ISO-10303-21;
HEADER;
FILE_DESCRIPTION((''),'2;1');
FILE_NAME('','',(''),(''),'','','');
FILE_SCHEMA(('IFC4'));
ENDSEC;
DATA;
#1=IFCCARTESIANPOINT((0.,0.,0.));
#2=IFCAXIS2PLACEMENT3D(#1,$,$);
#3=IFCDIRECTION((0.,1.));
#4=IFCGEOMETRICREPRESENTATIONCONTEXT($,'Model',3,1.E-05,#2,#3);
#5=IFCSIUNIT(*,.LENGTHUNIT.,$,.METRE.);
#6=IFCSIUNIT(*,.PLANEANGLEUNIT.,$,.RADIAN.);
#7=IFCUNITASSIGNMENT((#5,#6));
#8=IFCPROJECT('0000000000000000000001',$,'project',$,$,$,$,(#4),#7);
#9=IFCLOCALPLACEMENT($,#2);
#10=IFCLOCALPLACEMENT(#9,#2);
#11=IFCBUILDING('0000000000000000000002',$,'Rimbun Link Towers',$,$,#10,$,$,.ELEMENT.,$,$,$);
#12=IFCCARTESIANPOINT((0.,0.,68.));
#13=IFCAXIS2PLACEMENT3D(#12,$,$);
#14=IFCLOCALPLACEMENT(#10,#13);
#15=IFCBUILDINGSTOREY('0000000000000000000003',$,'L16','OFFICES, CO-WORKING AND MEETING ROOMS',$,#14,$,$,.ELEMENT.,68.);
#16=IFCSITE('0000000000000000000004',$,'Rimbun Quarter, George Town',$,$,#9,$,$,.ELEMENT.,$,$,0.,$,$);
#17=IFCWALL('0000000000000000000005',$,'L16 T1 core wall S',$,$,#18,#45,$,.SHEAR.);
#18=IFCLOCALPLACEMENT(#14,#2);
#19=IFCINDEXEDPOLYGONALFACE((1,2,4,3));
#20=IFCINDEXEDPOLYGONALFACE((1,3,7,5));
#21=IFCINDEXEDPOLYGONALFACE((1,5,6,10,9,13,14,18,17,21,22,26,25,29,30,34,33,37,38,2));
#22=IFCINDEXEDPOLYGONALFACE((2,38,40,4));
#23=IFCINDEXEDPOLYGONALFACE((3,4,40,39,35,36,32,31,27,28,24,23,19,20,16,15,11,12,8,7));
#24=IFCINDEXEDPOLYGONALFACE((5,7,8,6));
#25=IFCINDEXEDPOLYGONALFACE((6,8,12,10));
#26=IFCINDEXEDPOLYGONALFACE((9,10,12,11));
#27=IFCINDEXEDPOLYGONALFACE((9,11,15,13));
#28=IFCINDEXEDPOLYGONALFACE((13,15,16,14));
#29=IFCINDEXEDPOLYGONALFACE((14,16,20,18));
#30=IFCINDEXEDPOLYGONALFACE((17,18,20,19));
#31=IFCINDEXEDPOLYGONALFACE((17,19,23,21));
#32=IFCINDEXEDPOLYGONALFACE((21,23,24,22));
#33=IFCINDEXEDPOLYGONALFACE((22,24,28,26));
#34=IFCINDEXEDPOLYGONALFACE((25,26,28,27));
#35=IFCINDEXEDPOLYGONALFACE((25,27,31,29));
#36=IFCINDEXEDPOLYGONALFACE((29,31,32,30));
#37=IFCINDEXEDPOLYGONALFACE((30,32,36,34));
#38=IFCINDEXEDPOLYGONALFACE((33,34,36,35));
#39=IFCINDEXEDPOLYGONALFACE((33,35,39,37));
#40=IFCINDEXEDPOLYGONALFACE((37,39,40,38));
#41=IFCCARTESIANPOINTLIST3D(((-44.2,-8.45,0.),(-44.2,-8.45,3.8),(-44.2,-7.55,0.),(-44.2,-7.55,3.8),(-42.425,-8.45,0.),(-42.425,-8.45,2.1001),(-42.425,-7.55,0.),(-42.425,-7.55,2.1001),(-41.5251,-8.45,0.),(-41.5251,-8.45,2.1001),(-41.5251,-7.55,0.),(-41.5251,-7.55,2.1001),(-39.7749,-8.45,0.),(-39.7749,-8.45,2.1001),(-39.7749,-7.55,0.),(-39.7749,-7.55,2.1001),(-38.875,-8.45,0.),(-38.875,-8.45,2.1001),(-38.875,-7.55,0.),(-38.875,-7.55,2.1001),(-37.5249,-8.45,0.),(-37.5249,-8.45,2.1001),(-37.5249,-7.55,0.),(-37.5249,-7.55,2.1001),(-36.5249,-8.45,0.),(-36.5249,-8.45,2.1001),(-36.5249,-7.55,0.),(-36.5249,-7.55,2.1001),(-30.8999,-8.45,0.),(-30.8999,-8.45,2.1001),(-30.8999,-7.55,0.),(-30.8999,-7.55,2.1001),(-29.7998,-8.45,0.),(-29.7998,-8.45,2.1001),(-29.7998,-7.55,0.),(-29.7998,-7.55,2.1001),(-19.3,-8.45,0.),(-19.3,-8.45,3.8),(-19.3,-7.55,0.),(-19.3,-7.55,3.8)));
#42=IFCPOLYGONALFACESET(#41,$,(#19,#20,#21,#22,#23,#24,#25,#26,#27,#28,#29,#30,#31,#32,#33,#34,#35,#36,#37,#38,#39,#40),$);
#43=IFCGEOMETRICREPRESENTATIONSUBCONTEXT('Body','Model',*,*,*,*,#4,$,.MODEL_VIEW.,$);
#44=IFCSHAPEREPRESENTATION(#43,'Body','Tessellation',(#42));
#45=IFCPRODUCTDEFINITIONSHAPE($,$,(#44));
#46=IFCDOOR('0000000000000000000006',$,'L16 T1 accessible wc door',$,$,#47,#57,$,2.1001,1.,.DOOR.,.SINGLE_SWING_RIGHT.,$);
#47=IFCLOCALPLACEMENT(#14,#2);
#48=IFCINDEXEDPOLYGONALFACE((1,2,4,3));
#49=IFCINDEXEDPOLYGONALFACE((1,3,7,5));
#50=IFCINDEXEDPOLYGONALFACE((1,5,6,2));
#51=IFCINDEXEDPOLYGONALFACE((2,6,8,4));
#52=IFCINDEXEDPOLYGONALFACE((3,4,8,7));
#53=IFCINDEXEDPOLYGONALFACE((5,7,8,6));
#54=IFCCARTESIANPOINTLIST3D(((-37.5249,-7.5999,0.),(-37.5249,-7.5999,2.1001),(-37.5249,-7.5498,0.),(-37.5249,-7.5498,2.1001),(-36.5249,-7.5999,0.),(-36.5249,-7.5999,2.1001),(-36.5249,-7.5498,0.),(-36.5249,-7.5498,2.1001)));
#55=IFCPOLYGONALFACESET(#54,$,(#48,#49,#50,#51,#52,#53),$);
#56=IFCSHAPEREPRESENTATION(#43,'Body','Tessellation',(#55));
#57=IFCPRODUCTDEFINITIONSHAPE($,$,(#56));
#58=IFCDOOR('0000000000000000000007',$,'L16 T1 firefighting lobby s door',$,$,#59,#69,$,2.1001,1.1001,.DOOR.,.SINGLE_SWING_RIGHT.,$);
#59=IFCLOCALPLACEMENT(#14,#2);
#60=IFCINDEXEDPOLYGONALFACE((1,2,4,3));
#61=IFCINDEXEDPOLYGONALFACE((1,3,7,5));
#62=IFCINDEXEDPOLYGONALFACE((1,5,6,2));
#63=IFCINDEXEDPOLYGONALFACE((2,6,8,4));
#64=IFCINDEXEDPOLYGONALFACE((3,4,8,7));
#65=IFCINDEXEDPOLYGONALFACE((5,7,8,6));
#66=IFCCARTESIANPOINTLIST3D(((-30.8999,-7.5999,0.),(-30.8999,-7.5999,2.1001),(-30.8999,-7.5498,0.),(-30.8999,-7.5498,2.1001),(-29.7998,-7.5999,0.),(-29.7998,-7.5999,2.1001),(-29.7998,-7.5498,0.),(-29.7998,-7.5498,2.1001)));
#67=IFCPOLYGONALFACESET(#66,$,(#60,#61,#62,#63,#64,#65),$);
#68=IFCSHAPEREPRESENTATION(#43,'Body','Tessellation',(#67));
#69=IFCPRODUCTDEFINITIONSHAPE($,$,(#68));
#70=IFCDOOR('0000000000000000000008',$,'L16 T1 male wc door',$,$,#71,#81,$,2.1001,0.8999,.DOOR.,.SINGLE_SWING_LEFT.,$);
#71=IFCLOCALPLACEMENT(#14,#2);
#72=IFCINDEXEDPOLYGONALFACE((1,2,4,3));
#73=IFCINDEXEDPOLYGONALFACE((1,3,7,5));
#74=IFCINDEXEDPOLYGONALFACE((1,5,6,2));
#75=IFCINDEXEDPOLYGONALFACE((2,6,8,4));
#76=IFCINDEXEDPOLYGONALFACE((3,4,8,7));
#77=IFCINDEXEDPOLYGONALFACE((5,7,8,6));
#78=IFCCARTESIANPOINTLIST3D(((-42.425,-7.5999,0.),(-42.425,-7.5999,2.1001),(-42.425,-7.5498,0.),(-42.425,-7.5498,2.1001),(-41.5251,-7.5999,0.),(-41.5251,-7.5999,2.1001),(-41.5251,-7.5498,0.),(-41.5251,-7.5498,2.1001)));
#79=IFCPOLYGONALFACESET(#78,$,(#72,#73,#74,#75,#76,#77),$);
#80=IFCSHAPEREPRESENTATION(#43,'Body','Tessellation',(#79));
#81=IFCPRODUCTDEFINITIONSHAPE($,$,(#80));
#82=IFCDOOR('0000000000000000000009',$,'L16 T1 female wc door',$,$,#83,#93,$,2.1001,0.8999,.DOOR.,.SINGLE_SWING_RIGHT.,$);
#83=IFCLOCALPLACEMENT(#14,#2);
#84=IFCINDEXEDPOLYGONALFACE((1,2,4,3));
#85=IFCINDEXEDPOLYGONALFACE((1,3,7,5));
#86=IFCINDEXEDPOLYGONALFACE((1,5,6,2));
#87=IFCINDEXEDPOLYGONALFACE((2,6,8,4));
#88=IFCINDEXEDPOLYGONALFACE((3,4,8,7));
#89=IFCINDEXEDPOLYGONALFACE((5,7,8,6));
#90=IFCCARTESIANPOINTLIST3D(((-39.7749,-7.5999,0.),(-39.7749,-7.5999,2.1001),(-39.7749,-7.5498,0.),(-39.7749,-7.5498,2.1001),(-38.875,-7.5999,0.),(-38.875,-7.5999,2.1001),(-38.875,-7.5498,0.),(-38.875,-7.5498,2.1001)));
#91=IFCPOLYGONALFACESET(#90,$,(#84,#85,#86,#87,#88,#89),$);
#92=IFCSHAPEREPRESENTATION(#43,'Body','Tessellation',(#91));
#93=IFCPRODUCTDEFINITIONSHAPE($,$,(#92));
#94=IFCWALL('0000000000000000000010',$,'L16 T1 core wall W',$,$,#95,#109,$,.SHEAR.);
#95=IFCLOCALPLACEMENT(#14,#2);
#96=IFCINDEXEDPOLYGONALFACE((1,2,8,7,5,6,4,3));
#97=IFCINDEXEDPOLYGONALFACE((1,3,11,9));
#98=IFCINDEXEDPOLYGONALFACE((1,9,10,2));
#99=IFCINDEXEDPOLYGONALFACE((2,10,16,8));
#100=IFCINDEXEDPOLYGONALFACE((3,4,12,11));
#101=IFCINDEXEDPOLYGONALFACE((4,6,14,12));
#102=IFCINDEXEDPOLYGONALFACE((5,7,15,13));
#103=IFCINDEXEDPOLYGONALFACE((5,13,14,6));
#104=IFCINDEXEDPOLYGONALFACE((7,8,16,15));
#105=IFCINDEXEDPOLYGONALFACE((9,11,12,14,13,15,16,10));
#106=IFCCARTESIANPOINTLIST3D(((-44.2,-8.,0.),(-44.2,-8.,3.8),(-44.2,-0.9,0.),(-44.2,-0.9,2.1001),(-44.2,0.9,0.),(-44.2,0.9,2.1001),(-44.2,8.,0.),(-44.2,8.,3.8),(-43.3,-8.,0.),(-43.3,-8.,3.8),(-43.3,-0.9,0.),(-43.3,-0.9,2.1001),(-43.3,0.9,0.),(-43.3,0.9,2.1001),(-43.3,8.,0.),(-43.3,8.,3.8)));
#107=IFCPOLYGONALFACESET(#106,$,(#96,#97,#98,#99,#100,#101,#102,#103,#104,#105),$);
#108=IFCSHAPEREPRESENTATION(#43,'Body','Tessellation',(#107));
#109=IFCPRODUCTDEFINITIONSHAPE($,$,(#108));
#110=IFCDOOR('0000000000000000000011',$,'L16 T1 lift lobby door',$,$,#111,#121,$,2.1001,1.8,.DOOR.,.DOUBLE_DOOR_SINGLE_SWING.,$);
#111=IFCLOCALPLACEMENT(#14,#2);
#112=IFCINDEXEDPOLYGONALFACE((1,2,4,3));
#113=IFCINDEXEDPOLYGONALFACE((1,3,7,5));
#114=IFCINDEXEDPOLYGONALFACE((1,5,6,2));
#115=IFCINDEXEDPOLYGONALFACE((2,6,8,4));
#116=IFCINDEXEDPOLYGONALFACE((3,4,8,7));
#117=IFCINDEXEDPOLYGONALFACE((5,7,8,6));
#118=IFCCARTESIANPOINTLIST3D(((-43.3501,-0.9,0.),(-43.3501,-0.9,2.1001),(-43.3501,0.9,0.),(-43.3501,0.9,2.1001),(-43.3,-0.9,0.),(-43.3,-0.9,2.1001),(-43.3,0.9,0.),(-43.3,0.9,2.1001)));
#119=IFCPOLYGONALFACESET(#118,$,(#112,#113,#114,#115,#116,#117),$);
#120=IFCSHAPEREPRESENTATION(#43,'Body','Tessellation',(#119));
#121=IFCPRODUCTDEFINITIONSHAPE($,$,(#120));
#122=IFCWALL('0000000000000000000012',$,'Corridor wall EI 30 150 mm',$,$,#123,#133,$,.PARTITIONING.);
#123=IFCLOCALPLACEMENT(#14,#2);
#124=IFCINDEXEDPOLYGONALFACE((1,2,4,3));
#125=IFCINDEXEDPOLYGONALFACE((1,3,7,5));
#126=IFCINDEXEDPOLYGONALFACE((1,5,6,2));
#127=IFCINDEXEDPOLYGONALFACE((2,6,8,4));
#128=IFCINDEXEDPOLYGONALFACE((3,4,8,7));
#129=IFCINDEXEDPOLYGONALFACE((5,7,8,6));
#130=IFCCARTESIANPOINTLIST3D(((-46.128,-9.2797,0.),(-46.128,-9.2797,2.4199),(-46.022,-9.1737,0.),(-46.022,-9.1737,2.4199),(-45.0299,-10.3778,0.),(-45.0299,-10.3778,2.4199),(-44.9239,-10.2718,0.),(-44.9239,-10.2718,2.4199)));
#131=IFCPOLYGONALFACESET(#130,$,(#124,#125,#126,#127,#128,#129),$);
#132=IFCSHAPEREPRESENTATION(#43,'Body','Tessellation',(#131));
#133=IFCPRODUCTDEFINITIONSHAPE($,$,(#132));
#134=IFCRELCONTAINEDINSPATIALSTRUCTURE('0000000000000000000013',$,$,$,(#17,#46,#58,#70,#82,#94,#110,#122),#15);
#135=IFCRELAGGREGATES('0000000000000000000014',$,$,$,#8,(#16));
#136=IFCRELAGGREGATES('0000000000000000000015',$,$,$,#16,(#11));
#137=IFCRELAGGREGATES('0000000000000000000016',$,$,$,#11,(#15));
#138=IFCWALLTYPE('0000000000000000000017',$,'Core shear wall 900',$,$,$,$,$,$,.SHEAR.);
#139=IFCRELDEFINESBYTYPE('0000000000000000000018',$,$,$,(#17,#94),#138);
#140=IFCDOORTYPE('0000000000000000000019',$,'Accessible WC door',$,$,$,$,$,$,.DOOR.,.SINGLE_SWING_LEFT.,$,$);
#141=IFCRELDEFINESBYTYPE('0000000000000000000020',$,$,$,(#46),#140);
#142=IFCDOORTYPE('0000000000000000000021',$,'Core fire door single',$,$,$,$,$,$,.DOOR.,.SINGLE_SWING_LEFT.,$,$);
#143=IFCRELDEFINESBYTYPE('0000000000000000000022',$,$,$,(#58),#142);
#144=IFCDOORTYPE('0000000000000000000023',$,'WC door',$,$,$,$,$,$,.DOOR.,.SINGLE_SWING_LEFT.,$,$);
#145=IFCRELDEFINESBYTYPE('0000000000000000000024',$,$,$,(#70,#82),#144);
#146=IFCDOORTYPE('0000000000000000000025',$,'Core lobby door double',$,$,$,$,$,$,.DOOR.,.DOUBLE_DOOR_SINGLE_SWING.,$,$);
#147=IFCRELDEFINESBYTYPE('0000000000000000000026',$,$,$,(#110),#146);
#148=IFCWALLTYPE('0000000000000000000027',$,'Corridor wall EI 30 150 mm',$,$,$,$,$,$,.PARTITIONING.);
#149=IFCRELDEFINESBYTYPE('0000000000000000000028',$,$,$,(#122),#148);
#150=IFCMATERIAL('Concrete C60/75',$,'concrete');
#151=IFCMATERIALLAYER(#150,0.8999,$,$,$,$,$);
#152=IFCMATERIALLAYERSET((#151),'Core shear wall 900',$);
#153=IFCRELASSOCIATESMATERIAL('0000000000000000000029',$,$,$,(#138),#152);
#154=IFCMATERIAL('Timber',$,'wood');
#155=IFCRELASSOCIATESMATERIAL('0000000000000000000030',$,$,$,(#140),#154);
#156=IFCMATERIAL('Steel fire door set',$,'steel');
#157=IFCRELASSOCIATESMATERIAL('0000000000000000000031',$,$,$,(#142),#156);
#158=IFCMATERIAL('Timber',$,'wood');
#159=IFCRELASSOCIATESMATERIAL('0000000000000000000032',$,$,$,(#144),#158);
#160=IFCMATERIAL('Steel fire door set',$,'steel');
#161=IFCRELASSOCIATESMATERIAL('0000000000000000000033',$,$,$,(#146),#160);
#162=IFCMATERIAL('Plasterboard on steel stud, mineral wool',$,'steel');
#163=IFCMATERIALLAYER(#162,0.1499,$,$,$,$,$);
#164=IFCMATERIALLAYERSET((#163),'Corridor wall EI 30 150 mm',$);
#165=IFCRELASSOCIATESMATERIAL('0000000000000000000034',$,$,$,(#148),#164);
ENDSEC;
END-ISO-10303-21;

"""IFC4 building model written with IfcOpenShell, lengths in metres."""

from ifc_helpers import new_model, si_unit, direction, frame, frame_2d, origin, place, context, subcontext, project, spatial, rectangle, extrude, material, layer, layer_set, type_object, element, fill, save


model = new_model("IFC4")

# Units and contexts
model_context = context("Model", 3, precision=1e-05, world=origin(), true_north=direction((0.0, 1.0)))
body_context = subcontext(model_context, "Body", "Model", "MODEL_VIEW")
ifc_project = project(units=[si_unit("LENGTHUNIT", "METRE"), si_unit("PLANEANGLEUNIT", "RADIAN")], contexts=[model_context])

# Site, building, storey
site_placement = place(None, origin())
site = spatial("IfcSite", under=ifc_project, at=site_placement, Name="Rimbun Quarter, George Town", CompositionType="ELEMENT", RefElevation=0.0)
building_placement = place(site_placement, origin())
building = spatial("IfcBuilding", under=site, at=building_placement, Name="Rimbun Link Towers", CompositionType="ELEMENT")
storey_placement = place(building_placement, frame((0.0, 0.0, 68.0)))
storey = spatial("IfcBuildingStorey", under=building, at=storey_placement, Name="L16", Description="OFFICES, CO-WORKING AND MEETING ROOMS", CompositionType="ELEMENT", Elevation=68.0)

# Wall, openings, doors
ifc_material_1 = material(Name="Concrete C60/75", Category="concrete")
ifc_layer_1 = layer(ifc_material_1, 0.8999)
ifc_layer_set_1 = layer_set([ifc_layer_1], Name="Core shear wall 900")
wall_type_1 = type_object("IfcWallType", Name="Core shear wall 900", PredefinedType="SHEAR", material=ifc_layer_set_1)
wall_1_placement = place(storey_placement, frame((-44.2, -8.0, 0.0), z_axis=(0.0, 0.0, 1.0), x_axis=(1.0, 0.0, 0.0)))
wall_1 = element("IfcWall", 1, at=wall_1_placement, inside=storey, type_object=wall_type_1, Name="L16 T1 core wall S", PredefinedType="SHEAR", context=body_context, shape_type="SweptSolid", body=[
    extrude(rectangle(XDim=24.8999, YDim=0.8999, at=frame_2d((12.45, 0.0))), origin(), (0.0, 0.0, 1.0), 3.8),
])
opening_1_placement = place(wall_1_placement, frame((13.3, 0.0, 0.0)))
opening_1 = element("IfcOpeningElement", 2, at=opening_1_placement, cuts=wall_1, PredefinedType="OPENING", context=body_context, shape_type="SweptSolid", body=[
    extrude(rectangle(XDim=1.1001, YDim=2.1001, at=frame_2d((0.55, 1.05))), frame((0.0, 0.46, 0.0), z_axis=(0.0, -1.0, 0.0), x_axis=(1.0, 0.0, 0.0)), (0.0, 0.0, 1.0), 0.9199),
])
opening_2_placement = place(wall_1_placement, frame((1.7749, 0.0, 0.0)))
opening_2 = element("IfcOpeningElement", 3, at=opening_2_placement, cuts=wall_1, PredefinedType="OPENING", context=body_context, shape_type="SweptSolid", body=[
    extrude(rectangle(XDim=0.8999, YDim=2.1001, at=frame_2d((0.45, 1.05))), frame((0.0, 0.46, 0.0), z_axis=(0.0, -1.0, 0.0), x_axis=(1.0, 0.0, 0.0)), (0.0, 0.0, 1.0), 0.9199),
])
opening_3_placement = place(wall_1_placement, frame((4.425, 0.0, 0.0)))
opening_3 = element("IfcOpeningElement", 4, at=opening_3_placement, cuts=wall_1, PredefinedType="OPENING", context=body_context, shape_type="SweptSolid", body=[
    extrude(rectangle(XDim=0.8999, YDim=2.1001, at=frame_2d((0.45, 1.05))), frame((0.0, 0.46, 0.0), z_axis=(0.0, -1.0, 0.0), x_axis=(1.0, 0.0, 0.0)), (0.0, 0.0, 1.0), 0.9199),
])
opening_4_placement = place(wall_1_placement, frame((6.675, 0.0, 0.0)))
opening_4 = element("IfcOpeningElement", 5, at=opening_4_placement, cuts=wall_1, PredefinedType="OPENING", context=body_context, shape_type="SweptSolid", body=[
    extrude(rectangle(XDim=1.0, YDim=2.1001, at=frame_2d((0.5, 1.05))), frame((0.0, 0.46, 0.0), z_axis=(0.0, -1.0, 0.0), x_axis=(1.0, 0.0, 0.0)), (0.0, 0.0, 1.0), 0.9199),
])
ifc_material_2 = material(Name="Timber", Category="wood")
door_type_1 = type_object("IfcDoorType", Name="Accessible WC door", OperationType="SINGLE_SWING_LEFT", PredefinedType="DOOR", material=ifc_material_2)
door_1_placement = place(opening_4_placement, origin())
door_1 = element("IfcDoor", 6, at=door_1_placement, inside=storey, type_object=door_type_1, Name="L16 T1 accessible wc door", OperationType="SINGLE_SWING_RIGHT", OverallHeight=2.1001, OverallWidth=1.0, PredefinedType="DOOR", context=body_context, shape_type="SweptSolid", body=[
    extrude(rectangle(XDim=1.0, YDim=2.1001, at=frame_2d((0.5, 1.05))), frame((0.0, 0.4502, 0.0), z_axis=(0.0, -1.0, 0.0), x_axis=(1.0, 0.0, 0.0)), (0.0, 0.0, 1.0), 0.05),
])
fill(opening_4, door_1)
ifc_material_3 = material(Name="Steel fire door set", Category="steel")
door_type_2 = type_object("IfcDoorType", Name="Core fire door single", OperationType="SINGLE_SWING_LEFT", PredefinedType="DOOR", material=ifc_material_3)
door_2_placement = place(opening_1_placement, origin())
door_2 = element("IfcDoor", 7, at=door_2_placement, inside=storey, type_object=door_type_2, Name="L16 T1 firefighting lobby s door", OperationType="SINGLE_SWING_RIGHT", OverallHeight=2.1001, OverallWidth=1.1001, PredefinedType="DOOR", context=body_context, shape_type="SweptSolid", body=[
    extrude(rectangle(XDim=1.1001, YDim=2.1001, at=frame_2d((0.55, 1.05))), frame((0.0, 0.4502, 0.0), z_axis=(0.0, -1.0, 0.0), x_axis=(1.0, 0.0, 0.0)), (0.0, 0.0, 1.0), 0.05),
])
fill(opening_1, door_2)
ifc_material_4 = material(Name="Timber", Category="wood")
door_type_3 = type_object("IfcDoorType", Name="WC door", OperationType="SINGLE_SWING_LEFT", PredefinedType="DOOR", material=ifc_material_4)
door_3_placement = place(opening_2_placement, origin())
door_3 = element("IfcDoor", 8, at=door_3_placement, inside=storey, type_object=door_type_3, Name="L16 T1 male wc door", OperationType="SINGLE_SWING_LEFT", OverallHeight=2.1001, OverallWidth=0.8999, PredefinedType="DOOR", context=body_context, shape_type="SweptSolid", body=[
    extrude(rectangle(XDim=0.8999, YDim=2.1001, at=frame_2d((0.45, 1.05))), frame((0.0, 0.4502, 0.0), z_axis=(0.0, -1.0, 0.0), x_axis=(1.0, 0.0, 0.0)), (0.0, 0.0, 1.0), 0.05),
])
fill(opening_2, door_3)
door_4_placement = place(opening_3_placement, origin())
door_4 = element("IfcDoor", 9, at=door_4_placement, inside=storey, type_object=door_type_3, Name="L16 T1 female wc door", OperationType="SINGLE_SWING_RIGHT", OverallHeight=2.1001, OverallWidth=0.8999, PredefinedType="DOOR", context=body_context, shape_type="SweptSolid", body=[
    extrude(rectangle(XDim=0.8999, YDim=2.1001, at=frame_2d((0.45, 1.05))), frame((0.0, 0.4502, 0.0), z_axis=(0.0, -1.0, 0.0), x_axis=(1.0, 0.0, 0.0)), (0.0, 0.0, 1.0), 0.05),
])
fill(opening_3, door_4)

# Wall, opening, door
wall_2_placement = place(storey_placement, frame((-43.75, -8.0, 0.0), z_axis=(0.0, 0.0, 1.0), x_axis=(0.0, 1.0, 0.0)))
wall_2 = element("IfcWall", 10, at=wall_2_placement, inside=storey, type_object=wall_type_1, Name="L16 T1 core wall W", PredefinedType="SHEAR", context=body_context, shape_type="SweptSolid", body=[
    extrude(rectangle(XDim=16.0, YDim=0.8999, at=frame_2d((8.0, 0.0))), origin(), (0.0, 0.0, 1.0), 3.8),
])
opening_5_placement = place(wall_2_placement, frame((7.1001, 0.0, 0.0)))
opening_5 = element("IfcOpeningElement", 11, at=opening_5_placement, cuts=wall_2, PredefinedType="OPENING", context=body_context, shape_type="SweptSolid", body=[
    extrude(rectangle(XDim=1.8, YDim=2.1001, at=frame_2d((0.8999, 1.05))), frame((0.0, 0.46, 0.0), z_axis=(0.0, -1.0, 0.0), x_axis=(1.0, 0.0, 0.0)), (0.0, 0.0, 1.0), 0.9199),
])
ifc_material_5 = material(Name="Steel fire door set", Category="steel")
door_type_4 = type_object("IfcDoorType", Name="Core lobby door double", OperationType="DOUBLE_DOOR_SINGLE_SWING", PredefinedType="DOOR", material=ifc_material_5)
door_5_placement = place(opening_5_placement, origin())
door_5 = element("IfcDoor", 12, at=door_5_placement, inside=storey, type_object=door_type_4, Name="L16 T1 lift lobby door", OperationType="DOUBLE_DOOR_SINGLE_SWING", OverallHeight=2.1001, OverallWidth=1.8, PredefinedType="DOOR", context=body_context, shape_type="SweptSolid", body=[
    extrude(rectangle(XDim=1.8, YDim=2.1001, at=frame_2d((0.8999, 1.05))), frame((0.0, -0.3999, 0.0), z_axis=(0.0, -1.0, 0.0), x_axis=(1.0, 0.0, 0.0)), (0.0, 0.0, 1.0), 0.05),
])
fill(opening_5, door_5)

# Wall
ifc_material_6 = material(Name="Plasterboard on steel stud, mineral wool", Category="steel")
ifc_layer_2 = layer(ifc_material_6, 0.1499)
ifc_layer_set_2 = layer_set([ifc_layer_2], Name="Corridor wall EI 30 150 mm")
wall_type_2 = type_object("IfcWallType", Name="Corridor wall EI 30 150 mm", PredefinedType="PARTITIONING", material=ifc_layer_set_2)
wall_3_placement = place(storey_placement, frame((-46.075, -9.2268, 0.0), z_axis=(0.0, 0.0, 1.0), x_axis=(0.707107, -0.707107, 0.0)))
element("IfcWall", 13, at=wall_3_placement, inside=storey, type_object=wall_type_2, Name="Corridor wall EI 30 150 mm", PredefinedType="PARTITIONING", context=body_context, shape_type="SweptSolid", body=[
    extrude(rectangle(XDim=1.553, YDim=0.1499, at=frame_2d((0.7764, 0.0))), origin(), (0.0, 0.0, 1.0), 2.4199),
])

save(model, "model.ifc")
